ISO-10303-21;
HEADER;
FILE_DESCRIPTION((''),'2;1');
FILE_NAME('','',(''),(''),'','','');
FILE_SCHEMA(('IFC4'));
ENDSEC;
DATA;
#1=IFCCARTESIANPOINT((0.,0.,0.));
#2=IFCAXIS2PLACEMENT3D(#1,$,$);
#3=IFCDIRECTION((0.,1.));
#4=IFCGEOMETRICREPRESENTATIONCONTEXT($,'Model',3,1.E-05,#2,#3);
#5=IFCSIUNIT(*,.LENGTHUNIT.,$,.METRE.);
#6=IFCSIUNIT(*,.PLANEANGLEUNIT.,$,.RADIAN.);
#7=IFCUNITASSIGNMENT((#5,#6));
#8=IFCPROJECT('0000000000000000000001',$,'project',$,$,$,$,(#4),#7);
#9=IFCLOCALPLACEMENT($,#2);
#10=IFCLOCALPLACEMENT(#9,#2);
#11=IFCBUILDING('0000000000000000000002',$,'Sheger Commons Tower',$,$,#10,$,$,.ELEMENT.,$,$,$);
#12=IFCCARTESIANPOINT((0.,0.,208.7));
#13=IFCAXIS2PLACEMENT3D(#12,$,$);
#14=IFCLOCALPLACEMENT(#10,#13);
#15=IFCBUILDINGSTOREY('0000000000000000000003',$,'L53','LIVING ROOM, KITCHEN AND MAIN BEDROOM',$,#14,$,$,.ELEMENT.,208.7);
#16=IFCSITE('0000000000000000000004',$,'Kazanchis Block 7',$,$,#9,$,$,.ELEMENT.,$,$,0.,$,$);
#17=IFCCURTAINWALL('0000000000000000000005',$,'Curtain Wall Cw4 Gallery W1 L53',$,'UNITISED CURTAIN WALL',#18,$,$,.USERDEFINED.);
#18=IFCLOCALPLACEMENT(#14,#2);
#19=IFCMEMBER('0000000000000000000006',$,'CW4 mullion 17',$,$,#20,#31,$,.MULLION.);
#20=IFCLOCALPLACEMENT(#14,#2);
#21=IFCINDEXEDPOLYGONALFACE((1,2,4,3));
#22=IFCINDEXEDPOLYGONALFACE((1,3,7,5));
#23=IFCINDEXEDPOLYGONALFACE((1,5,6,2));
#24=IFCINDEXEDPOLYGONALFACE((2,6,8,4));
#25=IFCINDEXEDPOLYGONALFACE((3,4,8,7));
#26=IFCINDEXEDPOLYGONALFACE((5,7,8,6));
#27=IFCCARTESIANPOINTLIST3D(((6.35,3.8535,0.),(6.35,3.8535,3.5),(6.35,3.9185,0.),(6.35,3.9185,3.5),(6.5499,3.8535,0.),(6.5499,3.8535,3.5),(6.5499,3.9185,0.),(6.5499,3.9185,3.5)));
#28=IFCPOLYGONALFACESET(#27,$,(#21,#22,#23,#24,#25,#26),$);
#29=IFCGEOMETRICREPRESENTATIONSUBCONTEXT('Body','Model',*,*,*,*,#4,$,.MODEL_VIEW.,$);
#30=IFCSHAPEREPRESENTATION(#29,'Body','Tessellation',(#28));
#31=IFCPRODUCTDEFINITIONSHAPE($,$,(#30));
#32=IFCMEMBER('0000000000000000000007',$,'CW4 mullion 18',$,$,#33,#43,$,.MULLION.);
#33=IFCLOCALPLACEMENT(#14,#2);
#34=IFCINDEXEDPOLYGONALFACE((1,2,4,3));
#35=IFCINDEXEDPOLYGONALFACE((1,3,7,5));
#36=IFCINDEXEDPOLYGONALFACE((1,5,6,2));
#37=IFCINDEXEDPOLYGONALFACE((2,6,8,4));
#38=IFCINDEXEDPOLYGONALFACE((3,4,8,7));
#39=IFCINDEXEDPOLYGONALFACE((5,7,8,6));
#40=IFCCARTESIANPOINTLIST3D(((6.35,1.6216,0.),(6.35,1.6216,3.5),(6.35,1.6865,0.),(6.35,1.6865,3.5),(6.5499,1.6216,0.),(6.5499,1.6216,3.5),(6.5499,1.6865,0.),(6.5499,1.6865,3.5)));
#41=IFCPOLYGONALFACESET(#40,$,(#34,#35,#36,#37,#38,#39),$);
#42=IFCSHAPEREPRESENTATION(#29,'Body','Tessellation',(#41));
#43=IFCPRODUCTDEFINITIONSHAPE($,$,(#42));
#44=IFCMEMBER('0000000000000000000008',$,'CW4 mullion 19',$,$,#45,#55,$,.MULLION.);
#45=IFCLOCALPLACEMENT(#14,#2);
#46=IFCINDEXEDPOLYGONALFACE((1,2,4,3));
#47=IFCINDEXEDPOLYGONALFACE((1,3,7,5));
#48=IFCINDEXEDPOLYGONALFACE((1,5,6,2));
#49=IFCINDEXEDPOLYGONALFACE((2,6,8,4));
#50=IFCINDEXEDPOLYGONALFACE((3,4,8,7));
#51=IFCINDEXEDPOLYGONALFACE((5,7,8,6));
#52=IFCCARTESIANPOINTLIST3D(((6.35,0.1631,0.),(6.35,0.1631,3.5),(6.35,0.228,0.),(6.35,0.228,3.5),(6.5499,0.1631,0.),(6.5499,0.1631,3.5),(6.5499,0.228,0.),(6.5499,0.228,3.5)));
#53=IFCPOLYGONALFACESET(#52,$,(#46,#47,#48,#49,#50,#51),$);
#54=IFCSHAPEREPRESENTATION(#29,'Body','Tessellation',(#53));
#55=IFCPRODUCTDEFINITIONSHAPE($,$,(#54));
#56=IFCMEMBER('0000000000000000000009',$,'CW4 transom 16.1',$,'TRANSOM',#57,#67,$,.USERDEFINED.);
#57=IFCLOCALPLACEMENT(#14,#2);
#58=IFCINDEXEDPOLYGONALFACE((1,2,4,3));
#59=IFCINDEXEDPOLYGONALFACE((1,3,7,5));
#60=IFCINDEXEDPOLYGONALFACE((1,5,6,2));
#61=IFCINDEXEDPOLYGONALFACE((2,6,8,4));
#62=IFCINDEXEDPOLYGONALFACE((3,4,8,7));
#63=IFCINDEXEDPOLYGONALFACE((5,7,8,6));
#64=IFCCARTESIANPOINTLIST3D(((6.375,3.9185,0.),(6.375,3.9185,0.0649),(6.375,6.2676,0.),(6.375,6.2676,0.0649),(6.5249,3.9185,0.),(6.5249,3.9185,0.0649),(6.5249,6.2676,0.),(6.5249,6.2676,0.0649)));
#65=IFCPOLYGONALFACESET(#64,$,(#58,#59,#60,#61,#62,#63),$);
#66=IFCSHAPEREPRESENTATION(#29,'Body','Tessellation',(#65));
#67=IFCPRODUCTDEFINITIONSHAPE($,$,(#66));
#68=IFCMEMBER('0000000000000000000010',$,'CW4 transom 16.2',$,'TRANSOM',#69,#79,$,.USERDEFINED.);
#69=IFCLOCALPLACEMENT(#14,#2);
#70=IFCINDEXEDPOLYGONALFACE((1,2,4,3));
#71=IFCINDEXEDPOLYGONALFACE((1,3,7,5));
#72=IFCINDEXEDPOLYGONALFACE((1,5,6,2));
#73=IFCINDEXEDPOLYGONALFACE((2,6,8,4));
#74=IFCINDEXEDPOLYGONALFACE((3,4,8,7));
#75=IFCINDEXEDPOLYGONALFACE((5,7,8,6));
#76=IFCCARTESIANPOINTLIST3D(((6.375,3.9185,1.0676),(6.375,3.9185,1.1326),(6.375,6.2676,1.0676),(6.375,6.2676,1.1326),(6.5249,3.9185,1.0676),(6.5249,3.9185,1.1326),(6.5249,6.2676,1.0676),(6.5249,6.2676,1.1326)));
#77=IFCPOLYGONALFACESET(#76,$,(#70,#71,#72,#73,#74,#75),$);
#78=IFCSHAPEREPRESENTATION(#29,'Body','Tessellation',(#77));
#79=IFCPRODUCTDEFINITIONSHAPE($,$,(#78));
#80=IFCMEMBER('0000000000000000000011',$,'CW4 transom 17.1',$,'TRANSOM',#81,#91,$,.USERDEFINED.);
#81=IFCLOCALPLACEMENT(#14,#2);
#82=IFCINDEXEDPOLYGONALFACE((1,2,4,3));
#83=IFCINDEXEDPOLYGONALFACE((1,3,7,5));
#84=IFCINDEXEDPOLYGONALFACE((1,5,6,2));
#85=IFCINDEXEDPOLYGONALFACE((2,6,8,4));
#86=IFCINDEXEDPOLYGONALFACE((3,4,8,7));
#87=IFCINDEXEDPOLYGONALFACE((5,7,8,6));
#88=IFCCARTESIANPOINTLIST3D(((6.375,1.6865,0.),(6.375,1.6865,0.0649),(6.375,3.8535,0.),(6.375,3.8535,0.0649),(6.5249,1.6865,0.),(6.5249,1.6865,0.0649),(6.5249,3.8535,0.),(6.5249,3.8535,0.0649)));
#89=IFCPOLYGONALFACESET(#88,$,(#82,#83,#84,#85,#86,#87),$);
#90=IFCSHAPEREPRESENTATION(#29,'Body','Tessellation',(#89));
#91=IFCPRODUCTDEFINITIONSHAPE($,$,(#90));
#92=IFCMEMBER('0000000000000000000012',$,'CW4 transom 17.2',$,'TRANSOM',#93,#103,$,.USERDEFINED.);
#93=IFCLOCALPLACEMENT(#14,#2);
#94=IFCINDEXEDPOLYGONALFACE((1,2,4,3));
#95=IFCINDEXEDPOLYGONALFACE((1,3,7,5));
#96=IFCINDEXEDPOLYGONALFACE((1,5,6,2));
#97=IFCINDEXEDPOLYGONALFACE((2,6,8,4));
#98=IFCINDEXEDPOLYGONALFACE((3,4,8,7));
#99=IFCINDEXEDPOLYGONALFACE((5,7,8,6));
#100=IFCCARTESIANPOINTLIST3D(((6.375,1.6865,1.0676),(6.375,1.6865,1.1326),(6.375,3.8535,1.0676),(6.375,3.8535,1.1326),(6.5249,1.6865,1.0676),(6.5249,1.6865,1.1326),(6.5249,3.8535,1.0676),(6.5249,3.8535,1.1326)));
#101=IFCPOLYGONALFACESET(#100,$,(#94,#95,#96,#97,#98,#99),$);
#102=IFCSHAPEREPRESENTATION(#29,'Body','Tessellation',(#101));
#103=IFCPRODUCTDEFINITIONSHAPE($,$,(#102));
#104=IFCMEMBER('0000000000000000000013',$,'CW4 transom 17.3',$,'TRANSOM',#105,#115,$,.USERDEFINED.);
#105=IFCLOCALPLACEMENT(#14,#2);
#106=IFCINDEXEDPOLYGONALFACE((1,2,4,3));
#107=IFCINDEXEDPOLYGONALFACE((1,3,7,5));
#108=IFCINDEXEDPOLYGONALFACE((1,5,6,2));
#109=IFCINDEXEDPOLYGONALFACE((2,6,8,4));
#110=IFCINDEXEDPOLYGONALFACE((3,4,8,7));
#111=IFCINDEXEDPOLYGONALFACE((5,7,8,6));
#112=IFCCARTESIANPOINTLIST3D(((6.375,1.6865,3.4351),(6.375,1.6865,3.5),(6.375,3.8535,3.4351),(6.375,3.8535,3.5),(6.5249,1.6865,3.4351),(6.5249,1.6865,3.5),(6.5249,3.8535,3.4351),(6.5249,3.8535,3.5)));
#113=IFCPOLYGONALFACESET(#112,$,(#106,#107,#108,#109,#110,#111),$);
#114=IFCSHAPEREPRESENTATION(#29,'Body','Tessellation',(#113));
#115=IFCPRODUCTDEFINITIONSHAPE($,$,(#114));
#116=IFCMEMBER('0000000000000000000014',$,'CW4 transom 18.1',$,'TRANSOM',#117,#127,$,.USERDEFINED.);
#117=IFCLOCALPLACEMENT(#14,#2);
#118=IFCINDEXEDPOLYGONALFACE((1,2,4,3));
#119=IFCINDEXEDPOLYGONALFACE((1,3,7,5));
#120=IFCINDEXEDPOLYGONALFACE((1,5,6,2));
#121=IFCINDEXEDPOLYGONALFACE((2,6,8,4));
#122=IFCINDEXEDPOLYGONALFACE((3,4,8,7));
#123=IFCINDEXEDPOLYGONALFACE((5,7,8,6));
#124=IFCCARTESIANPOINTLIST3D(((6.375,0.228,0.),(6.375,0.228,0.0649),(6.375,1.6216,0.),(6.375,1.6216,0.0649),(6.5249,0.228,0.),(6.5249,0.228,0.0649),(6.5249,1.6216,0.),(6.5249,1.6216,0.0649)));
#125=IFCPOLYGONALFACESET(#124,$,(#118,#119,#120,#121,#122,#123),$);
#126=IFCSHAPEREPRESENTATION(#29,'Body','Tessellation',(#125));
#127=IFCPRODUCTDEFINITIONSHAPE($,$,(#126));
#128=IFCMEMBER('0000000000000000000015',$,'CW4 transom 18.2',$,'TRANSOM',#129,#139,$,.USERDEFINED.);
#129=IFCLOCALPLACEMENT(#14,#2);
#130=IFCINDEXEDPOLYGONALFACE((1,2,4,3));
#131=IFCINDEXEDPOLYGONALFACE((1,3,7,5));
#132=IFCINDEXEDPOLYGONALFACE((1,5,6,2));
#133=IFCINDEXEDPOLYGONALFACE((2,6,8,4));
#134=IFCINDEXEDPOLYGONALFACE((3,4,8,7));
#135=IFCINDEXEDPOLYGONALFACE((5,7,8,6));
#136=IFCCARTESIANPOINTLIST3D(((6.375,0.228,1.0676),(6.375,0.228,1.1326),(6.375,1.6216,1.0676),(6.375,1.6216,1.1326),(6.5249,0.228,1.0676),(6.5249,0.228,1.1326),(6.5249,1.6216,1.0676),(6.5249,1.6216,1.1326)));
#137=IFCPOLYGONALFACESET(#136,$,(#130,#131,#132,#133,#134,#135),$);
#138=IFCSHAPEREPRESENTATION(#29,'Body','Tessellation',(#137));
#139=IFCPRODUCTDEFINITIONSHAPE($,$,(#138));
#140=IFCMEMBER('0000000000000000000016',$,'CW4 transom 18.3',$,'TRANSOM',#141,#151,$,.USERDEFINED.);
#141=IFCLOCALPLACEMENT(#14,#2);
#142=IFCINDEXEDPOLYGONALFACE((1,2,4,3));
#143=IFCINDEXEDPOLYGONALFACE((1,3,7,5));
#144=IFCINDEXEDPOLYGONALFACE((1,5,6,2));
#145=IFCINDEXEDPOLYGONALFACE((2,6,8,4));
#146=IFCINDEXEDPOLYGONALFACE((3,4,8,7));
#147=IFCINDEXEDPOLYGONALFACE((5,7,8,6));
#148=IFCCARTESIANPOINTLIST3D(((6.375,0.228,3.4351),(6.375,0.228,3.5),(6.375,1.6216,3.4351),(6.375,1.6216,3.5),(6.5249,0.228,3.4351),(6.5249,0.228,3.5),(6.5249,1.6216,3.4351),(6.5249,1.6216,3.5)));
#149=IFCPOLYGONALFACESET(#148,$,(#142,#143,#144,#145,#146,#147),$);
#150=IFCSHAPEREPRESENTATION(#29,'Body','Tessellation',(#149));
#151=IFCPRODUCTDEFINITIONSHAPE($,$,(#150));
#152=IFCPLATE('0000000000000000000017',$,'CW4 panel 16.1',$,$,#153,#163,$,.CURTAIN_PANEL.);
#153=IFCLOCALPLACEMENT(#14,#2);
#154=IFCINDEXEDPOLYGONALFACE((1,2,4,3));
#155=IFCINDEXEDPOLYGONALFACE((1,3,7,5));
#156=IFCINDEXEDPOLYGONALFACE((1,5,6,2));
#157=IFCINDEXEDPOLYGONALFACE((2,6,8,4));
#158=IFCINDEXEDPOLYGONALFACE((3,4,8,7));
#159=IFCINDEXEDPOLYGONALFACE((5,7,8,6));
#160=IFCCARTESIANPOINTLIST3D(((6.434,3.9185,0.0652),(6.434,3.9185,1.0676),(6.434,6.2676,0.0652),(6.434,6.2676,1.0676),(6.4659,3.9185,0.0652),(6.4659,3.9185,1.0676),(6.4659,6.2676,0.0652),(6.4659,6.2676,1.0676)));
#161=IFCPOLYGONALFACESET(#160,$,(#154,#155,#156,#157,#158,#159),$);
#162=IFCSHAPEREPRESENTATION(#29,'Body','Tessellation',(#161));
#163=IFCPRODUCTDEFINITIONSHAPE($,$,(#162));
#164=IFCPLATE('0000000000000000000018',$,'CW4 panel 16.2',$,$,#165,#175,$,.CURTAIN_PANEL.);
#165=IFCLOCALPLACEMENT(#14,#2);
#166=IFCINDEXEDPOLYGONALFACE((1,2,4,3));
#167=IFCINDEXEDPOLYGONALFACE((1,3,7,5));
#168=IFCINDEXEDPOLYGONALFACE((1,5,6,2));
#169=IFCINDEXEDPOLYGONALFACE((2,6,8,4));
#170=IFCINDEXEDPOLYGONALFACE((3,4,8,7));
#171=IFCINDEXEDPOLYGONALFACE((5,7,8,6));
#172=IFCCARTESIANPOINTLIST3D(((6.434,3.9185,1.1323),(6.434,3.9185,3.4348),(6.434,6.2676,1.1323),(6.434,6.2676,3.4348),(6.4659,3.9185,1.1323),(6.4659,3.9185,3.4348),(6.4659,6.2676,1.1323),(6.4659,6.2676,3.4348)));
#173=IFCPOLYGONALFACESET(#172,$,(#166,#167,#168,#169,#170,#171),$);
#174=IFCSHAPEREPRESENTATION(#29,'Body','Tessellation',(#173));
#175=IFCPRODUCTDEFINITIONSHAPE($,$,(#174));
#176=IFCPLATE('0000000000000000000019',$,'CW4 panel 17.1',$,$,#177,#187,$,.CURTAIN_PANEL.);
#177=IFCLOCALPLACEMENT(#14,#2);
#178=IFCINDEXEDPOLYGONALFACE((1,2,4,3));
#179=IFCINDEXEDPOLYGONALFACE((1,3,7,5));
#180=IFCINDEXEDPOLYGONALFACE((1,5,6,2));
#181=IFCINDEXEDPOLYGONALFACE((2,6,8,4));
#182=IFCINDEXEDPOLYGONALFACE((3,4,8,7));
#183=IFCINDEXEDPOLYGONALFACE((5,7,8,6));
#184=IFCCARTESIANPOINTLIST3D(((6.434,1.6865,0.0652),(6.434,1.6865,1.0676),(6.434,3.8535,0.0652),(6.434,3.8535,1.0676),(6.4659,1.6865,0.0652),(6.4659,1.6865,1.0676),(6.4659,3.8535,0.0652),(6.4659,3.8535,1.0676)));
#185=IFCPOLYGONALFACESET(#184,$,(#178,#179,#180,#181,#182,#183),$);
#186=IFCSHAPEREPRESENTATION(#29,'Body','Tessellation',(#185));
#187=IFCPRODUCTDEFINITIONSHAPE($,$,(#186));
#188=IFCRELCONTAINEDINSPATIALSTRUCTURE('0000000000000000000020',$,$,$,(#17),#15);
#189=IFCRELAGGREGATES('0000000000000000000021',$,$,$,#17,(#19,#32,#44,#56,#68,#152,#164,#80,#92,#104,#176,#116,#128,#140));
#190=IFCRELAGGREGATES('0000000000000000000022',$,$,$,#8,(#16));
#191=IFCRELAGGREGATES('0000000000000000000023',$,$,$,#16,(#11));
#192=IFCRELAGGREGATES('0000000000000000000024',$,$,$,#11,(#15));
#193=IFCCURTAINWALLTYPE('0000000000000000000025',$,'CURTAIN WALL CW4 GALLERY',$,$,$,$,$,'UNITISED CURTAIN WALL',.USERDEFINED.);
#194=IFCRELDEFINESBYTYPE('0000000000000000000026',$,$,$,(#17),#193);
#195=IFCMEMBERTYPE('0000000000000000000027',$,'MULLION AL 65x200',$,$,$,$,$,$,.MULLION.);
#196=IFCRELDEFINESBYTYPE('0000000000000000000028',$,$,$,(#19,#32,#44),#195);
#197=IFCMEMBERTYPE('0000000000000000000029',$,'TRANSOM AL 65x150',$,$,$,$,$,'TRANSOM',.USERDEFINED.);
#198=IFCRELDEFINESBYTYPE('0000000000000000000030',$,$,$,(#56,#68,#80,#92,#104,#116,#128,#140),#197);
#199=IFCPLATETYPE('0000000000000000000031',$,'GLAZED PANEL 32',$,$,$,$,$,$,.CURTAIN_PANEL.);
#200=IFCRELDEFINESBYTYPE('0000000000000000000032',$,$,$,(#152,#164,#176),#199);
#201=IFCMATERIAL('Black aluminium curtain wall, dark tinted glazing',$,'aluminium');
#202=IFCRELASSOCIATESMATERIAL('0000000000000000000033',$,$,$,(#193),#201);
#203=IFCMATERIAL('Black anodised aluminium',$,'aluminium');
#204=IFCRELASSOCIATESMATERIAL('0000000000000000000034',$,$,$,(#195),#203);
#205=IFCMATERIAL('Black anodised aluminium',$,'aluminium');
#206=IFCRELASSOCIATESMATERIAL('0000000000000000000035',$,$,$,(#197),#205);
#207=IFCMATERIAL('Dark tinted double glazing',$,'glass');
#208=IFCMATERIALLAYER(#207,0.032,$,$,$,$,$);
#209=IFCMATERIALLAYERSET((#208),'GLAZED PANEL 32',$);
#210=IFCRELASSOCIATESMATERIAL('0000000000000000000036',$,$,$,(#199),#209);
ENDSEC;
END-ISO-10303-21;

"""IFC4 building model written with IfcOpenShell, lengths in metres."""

from ifc_helpers import new_model, si_unit, direction, frame, origin, origin_2d, place, context, subcontext, project, spatial, rectangle, extrude, material, layer, layer_set, material_profile, profile_set, type_object, element, aggregate, save


model = new_model("IFC4")

# Units and contexts
model_context = context("Model", 3, precision=1e-05, world=origin(), true_north=direction((0.0, 1.0)))
body_context = subcontext(model_context, "Body", "Model", "MODEL_VIEW")
ifc_project = project(units=[si_unit("LENGTHUNIT", "METRE"), si_unit("PLANEANGLEUNIT", "RADIAN")], contexts=[model_context])

# Site, building, storey
site_placement = place(None, origin())
site = spatial("IfcSite", under=ifc_project, at=site_placement, Name="Kazanchis Block 7", CompositionType="ELEMENT", RefElevation=0.0)
building_placement = place(site_placement, origin())
building = spatial("IfcBuilding", under=site, at=building_placement, Name="Sheger Commons Tower", CompositionType="ELEMENT")
storey_placement = place(building_placement, frame((0.0, 0.0, 208.7)))
storey = spatial("IfcBuildingStorey", under=building, at=storey_placement, Name="L53", Description="LIVING ROOM, KITCHEN AND MAIN BEDROOM", CompositionType="ELEMENT", Elevation=208.7)

# Curtain wall, members, plates
ifc_material_1 = material(Name="Black aluminium curtain wall, dark tinted glazing", Category="aluminium")
curtain_wall_type = type_object("IfcCurtainWallType", Name="CURTAIN WALL CW4 GALLERY", ElementType="UNITISED CURTAIN WALL", PredefinedType="USERDEFINED", material=ifc_material_1)
curtain_wall_placement = place(storey_placement, origin())
curtain_wall = element("IfcCurtainWall", 1, at=curtain_wall_placement, inside=storey, type_object=curtain_wall_type, Name="Curtain Wall Cw4 Gallery W1 L53", ObjectType="UNITISED CURTAIN WALL", PredefinedType="USERDEFINED")
ifc_material_2 = material(Name="Black anodised aluminium", Category="aluminium")
ifc_material_profile_1 = material_profile(ifc_material_2, rectangle(XDim=0.2, YDim=0.0649, at=origin_2d()), Name="AL 65x200")
ifc_profile_set_1 = profile_set([ifc_material_profile_1], Name="Black anodised aluminium")
member_type_1 = type_object("IfcMemberType", Name="MULLION AL 65x200", PredefinedType="MULLION", material=ifc_profile_set_1)
member_1_placement = place(storey_placement, frame((6.45, 3.886, 0.0), z_axis=(0.0, 0.0, 1.0), x_axis=(1.0, 0.0, 0.0)))
member_1 = element("IfcMember", 2, at=member_1_placement, type_object=member_type_1, Name="CW4 mullion 17", PredefinedType="MULLION", context=body_context, shape_type="SweptSolid", body=[
    extrude(rectangle(XDim=0.2, YDim=0.0649, at=origin_2d()), origin(), (0.0, 0.0, 1.0), 3.5),
])
member_2_placement = place(storey_placement, frame((6.45, 1.6541, 0.0), z_axis=(0.0, 0.0, 1.0), x_axis=(1.0, 0.0, 0.0)))
member_2 = element("IfcMember", 3, at=member_2_placement, type_object=member_type_1, Name="CW4 mullion 18", PredefinedType="MULLION", context=body_context, shape_type="SweptSolid", body=[
    extrude(rectangle(XDim=0.2, YDim=0.0649, at=origin_2d()), origin(), (0.0, 0.0, 1.0), 3.5),
])
member_3_placement = place(storey_placement, frame((6.45, 0.1956, 0.0), z_axis=(0.0, 0.0, 1.0), x_axis=(1.0, 0.0, 0.0)))
member_3 = element("IfcMember", 4, at=member_3_placement, type_object=member_type_1, Name="CW4 mullion 19", PredefinedType="MULLION", context=body_context, shape_type="SweptSolid", body=[
    extrude(rectangle(XDim=0.2, YDim=0.0649, at=origin_2d()), origin(), (0.0, 0.0, 1.0), 3.5),
])
ifc_material_3 = material(Name="Black anodised aluminium", Category="aluminium")
ifc_material_profile_2 = material_profile(ifc_material_3, rectangle(XDim=0.1499, YDim=0.0649, at=origin_2d()), Name="AL 65x150")
ifc_profile_set_2 = profile_set([ifc_material_profile_2], Name="Black anodised aluminium")
member_type_2 = type_object("IfcMemberType", Name="TRANSOM AL 65x150", ElementType="TRANSOM", PredefinedType="USERDEFINED", material=ifc_profile_set_2)
member_4_placement = place(storey_placement, frame((6.45, 6.2676, 0.0325), z_axis=(0.0, -1.0, 0.0), x_axis=(1.0, 0.0, 0.0)))
member_4 = element("IfcMember", 5, at=member_4_placement, type_object=member_type_2, Name="CW4 transom 16.1", ObjectType="TRANSOM", PredefinedType="USERDEFINED", context=body_context, shape_type="SweptSolid", body=[
    extrude(rectangle(XDim=0.1499, YDim=0.0649, at=origin_2d()), origin(), (0.0, 0.0, 1.0), 2.3491),
])
member_5_placement = place(storey_placement, frame((6.45, 6.2676, 1.1001), z_axis=(0.0, -1.0, 0.0), x_axis=(1.0, 0.0, 0.0)))
member_5 = element("IfcMember", 6, at=member_5_placement, type_object=member_type_2, Name="CW4 transom 16.2", ObjectType="TRANSOM", PredefinedType="USERDEFINED", context=body_context, shape_type="SweptSolid", body=[
    extrude(rectangle(XDim=0.1499, YDim=0.0649, at=origin_2d()), origin(), (0.0, 0.0, 1.0), 2.3491),
])
member_6_placement = place(storey_placement, frame((6.45, 3.8535, 0.0325), z_axis=(0.0, -1.0, 0.0), x_axis=(1.0, 0.0, 0.0)))
member_6 = element("IfcMember", 7, at=member_6_placement, type_object=member_type_2, Name="CW4 transom 17.1", ObjectType="TRANSOM", PredefinedType="USERDEFINED", context=body_context, shape_type="SweptSolid", body=[
    extrude(rectangle(XDim=0.1499, YDim=0.0649, at=origin_2d()), origin(), (0.0, 0.0, 1.0), 2.167),
])
member_7_placement = place(storey_placement, frame((6.45, 3.8535, 1.1001), z_axis=(0.0, -1.0, 0.0), x_axis=(1.0, 0.0, 0.0)))
member_7 = element("IfcMember", 8, at=member_7_placement, type_object=member_type_2, Name="CW4 transom 17.2", ObjectType="TRANSOM", PredefinedType="USERDEFINED", context=body_context, shape_type="SweptSolid", body=[
    extrude(rectangle(XDim=0.1499, YDim=0.0649, at=origin_2d()), origin(), (0.0, 0.0, 1.0), 2.167),
])
member_8_placement = place(storey_placement, frame((6.45, 3.8535, 3.4675), z_axis=(0.0, -1.0, 0.0), x_axis=(1.0, 0.0, 0.0)))
member_8 = element("IfcMember", 9, at=member_8_placement, type_object=member_type_2, Name="CW4 transom 17.3", ObjectType="TRANSOM", PredefinedType="USERDEFINED", context=body_context, shape_type="SweptSolid", body=[
    extrude(rectangle(XDim=0.1499, YDim=0.0649, at=origin_2d()), origin(), (0.0, 0.0, 1.0), 2.167),
])
member_9_placement = place(storey_placement, frame((6.45, 1.6216, 0.0325), z_axis=(0.0, -1.0, 0.0), x_axis=(1.0, 0.0, 0.0)))
member_9 = element("IfcMember", 10, at=member_9_placement, type_object=member_type_2, Name="CW4 transom 18.1", ObjectType="TRANSOM", PredefinedType="USERDEFINED", context=body_context, shape_type="SweptSolid", body=[
    extrude(rectangle(XDim=0.1499, YDim=0.0649, at=origin_2d()), origin(), (0.0, 0.0, 1.0), 1.3936),
])
member_10_placement = place(storey_placement, frame((6.45, 1.6216, 1.1001), z_axis=(0.0, -1.0, 0.0), x_axis=(1.0, 0.0, 0.0)))
member_10 = element("IfcMember", 11, at=member_10_placement, type_object=member_type_2, Name="CW4 transom 18.2", ObjectType="TRANSOM", PredefinedType="USERDEFINED", context=body_context, shape_type="SweptSolid", body=[
    extrude(rectangle(XDim=0.1499, YDim=0.0649, at=origin_2d()), origin(), (0.0, 0.0, 1.0), 1.3936),
])
member_11_placement = place(storey_placement, frame((6.45, 1.6216, 3.4675), z_axis=(0.0, -1.0, 0.0), x_axis=(1.0, 0.0, 0.0)))
member_11 = element("IfcMember", 12, at=member_11_placement, type_object=member_type_2, Name="CW4 transom 18.3", ObjectType="TRANSOM", PredefinedType="USERDEFINED", context=body_context, shape_type="SweptSolid", body=[
    extrude(rectangle(XDim=0.1499, YDim=0.0649, at=origin_2d()), origin(), (0.0, 0.0, 1.0), 1.3936),
])
ifc_material_4 = material(Name="Dark tinted double glazing", Category="glass")
ifc_layer_1 = layer(ifc_material_4, 0.032)
ifc_layer_set_1 = layer_set([ifc_layer_1], Name="GLAZED PANEL 32")
plate_type_1 = type_object("IfcPlateType", Name="GLAZED PANEL 32", PredefinedType="CURTAIN_PANEL", material=ifc_layer_set_1)
plate_1_placement = place(storey_placement, frame((6.45, 5.093, 0.0652), z_axis=(0.0, 0.0, 1.0), x_axis=(0.0, -1.0, 0.0)))
plate_1 = element("IfcPlate", 13, at=plate_1_placement, type_object=plate_type_1, Name="CW4 panel 16.1", PredefinedType="CURTAIN_PANEL", context=body_context, shape_type="SweptSolid", body=[
    extrude(rectangle(XDim=2.3491, YDim=0.032, at=origin_2d()), origin(), (0.0, 0.0, 1.0), 1.0024),
])
plate_2_placement = place(storey_placement, frame((6.45, 5.093, 1.1323), z_axis=(0.0, 0.0, 1.0), x_axis=(0.0, -1.0, 0.0)))
plate_2 = element("IfcPlate", 14, at=plate_2_placement, type_object=plate_type_1, Name="CW4 panel 16.2", PredefinedType="CURTAIN_PANEL", context=body_context, shape_type="SweptSolid", body=[
    extrude(rectangle(XDim=2.3491, YDim=0.032, at=origin_2d()), origin(), (0.0, 0.0, 1.0), 2.3025),
])
plate_3_placement = place(storey_placement, frame((6.45, 2.77, 0.0652), z_axis=(0.0, 0.0, 1.0), x_axis=(0.0, -1.0, 0.0)))
plate_3 = element("IfcPlate", 15, at=plate_3_placement, type_object=plate_type_1, Name="CW4 panel 17.1", PredefinedType="CURTAIN_PANEL", context=body_context, shape_type="SweptSolid", body=[
    extrude(rectangle(XDim=2.167, YDim=0.032, at=origin_2d()), origin(), (0.0, 0.0, 1.0), 1.0024),
])
aggregate(curtain_wall, [member_1, member_2, member_3, member_4, member_5, plate_1, plate_2, member_6, member_7, member_8, plate_3, member_9, member_10, member_11])

save(model, "model.ifc")
